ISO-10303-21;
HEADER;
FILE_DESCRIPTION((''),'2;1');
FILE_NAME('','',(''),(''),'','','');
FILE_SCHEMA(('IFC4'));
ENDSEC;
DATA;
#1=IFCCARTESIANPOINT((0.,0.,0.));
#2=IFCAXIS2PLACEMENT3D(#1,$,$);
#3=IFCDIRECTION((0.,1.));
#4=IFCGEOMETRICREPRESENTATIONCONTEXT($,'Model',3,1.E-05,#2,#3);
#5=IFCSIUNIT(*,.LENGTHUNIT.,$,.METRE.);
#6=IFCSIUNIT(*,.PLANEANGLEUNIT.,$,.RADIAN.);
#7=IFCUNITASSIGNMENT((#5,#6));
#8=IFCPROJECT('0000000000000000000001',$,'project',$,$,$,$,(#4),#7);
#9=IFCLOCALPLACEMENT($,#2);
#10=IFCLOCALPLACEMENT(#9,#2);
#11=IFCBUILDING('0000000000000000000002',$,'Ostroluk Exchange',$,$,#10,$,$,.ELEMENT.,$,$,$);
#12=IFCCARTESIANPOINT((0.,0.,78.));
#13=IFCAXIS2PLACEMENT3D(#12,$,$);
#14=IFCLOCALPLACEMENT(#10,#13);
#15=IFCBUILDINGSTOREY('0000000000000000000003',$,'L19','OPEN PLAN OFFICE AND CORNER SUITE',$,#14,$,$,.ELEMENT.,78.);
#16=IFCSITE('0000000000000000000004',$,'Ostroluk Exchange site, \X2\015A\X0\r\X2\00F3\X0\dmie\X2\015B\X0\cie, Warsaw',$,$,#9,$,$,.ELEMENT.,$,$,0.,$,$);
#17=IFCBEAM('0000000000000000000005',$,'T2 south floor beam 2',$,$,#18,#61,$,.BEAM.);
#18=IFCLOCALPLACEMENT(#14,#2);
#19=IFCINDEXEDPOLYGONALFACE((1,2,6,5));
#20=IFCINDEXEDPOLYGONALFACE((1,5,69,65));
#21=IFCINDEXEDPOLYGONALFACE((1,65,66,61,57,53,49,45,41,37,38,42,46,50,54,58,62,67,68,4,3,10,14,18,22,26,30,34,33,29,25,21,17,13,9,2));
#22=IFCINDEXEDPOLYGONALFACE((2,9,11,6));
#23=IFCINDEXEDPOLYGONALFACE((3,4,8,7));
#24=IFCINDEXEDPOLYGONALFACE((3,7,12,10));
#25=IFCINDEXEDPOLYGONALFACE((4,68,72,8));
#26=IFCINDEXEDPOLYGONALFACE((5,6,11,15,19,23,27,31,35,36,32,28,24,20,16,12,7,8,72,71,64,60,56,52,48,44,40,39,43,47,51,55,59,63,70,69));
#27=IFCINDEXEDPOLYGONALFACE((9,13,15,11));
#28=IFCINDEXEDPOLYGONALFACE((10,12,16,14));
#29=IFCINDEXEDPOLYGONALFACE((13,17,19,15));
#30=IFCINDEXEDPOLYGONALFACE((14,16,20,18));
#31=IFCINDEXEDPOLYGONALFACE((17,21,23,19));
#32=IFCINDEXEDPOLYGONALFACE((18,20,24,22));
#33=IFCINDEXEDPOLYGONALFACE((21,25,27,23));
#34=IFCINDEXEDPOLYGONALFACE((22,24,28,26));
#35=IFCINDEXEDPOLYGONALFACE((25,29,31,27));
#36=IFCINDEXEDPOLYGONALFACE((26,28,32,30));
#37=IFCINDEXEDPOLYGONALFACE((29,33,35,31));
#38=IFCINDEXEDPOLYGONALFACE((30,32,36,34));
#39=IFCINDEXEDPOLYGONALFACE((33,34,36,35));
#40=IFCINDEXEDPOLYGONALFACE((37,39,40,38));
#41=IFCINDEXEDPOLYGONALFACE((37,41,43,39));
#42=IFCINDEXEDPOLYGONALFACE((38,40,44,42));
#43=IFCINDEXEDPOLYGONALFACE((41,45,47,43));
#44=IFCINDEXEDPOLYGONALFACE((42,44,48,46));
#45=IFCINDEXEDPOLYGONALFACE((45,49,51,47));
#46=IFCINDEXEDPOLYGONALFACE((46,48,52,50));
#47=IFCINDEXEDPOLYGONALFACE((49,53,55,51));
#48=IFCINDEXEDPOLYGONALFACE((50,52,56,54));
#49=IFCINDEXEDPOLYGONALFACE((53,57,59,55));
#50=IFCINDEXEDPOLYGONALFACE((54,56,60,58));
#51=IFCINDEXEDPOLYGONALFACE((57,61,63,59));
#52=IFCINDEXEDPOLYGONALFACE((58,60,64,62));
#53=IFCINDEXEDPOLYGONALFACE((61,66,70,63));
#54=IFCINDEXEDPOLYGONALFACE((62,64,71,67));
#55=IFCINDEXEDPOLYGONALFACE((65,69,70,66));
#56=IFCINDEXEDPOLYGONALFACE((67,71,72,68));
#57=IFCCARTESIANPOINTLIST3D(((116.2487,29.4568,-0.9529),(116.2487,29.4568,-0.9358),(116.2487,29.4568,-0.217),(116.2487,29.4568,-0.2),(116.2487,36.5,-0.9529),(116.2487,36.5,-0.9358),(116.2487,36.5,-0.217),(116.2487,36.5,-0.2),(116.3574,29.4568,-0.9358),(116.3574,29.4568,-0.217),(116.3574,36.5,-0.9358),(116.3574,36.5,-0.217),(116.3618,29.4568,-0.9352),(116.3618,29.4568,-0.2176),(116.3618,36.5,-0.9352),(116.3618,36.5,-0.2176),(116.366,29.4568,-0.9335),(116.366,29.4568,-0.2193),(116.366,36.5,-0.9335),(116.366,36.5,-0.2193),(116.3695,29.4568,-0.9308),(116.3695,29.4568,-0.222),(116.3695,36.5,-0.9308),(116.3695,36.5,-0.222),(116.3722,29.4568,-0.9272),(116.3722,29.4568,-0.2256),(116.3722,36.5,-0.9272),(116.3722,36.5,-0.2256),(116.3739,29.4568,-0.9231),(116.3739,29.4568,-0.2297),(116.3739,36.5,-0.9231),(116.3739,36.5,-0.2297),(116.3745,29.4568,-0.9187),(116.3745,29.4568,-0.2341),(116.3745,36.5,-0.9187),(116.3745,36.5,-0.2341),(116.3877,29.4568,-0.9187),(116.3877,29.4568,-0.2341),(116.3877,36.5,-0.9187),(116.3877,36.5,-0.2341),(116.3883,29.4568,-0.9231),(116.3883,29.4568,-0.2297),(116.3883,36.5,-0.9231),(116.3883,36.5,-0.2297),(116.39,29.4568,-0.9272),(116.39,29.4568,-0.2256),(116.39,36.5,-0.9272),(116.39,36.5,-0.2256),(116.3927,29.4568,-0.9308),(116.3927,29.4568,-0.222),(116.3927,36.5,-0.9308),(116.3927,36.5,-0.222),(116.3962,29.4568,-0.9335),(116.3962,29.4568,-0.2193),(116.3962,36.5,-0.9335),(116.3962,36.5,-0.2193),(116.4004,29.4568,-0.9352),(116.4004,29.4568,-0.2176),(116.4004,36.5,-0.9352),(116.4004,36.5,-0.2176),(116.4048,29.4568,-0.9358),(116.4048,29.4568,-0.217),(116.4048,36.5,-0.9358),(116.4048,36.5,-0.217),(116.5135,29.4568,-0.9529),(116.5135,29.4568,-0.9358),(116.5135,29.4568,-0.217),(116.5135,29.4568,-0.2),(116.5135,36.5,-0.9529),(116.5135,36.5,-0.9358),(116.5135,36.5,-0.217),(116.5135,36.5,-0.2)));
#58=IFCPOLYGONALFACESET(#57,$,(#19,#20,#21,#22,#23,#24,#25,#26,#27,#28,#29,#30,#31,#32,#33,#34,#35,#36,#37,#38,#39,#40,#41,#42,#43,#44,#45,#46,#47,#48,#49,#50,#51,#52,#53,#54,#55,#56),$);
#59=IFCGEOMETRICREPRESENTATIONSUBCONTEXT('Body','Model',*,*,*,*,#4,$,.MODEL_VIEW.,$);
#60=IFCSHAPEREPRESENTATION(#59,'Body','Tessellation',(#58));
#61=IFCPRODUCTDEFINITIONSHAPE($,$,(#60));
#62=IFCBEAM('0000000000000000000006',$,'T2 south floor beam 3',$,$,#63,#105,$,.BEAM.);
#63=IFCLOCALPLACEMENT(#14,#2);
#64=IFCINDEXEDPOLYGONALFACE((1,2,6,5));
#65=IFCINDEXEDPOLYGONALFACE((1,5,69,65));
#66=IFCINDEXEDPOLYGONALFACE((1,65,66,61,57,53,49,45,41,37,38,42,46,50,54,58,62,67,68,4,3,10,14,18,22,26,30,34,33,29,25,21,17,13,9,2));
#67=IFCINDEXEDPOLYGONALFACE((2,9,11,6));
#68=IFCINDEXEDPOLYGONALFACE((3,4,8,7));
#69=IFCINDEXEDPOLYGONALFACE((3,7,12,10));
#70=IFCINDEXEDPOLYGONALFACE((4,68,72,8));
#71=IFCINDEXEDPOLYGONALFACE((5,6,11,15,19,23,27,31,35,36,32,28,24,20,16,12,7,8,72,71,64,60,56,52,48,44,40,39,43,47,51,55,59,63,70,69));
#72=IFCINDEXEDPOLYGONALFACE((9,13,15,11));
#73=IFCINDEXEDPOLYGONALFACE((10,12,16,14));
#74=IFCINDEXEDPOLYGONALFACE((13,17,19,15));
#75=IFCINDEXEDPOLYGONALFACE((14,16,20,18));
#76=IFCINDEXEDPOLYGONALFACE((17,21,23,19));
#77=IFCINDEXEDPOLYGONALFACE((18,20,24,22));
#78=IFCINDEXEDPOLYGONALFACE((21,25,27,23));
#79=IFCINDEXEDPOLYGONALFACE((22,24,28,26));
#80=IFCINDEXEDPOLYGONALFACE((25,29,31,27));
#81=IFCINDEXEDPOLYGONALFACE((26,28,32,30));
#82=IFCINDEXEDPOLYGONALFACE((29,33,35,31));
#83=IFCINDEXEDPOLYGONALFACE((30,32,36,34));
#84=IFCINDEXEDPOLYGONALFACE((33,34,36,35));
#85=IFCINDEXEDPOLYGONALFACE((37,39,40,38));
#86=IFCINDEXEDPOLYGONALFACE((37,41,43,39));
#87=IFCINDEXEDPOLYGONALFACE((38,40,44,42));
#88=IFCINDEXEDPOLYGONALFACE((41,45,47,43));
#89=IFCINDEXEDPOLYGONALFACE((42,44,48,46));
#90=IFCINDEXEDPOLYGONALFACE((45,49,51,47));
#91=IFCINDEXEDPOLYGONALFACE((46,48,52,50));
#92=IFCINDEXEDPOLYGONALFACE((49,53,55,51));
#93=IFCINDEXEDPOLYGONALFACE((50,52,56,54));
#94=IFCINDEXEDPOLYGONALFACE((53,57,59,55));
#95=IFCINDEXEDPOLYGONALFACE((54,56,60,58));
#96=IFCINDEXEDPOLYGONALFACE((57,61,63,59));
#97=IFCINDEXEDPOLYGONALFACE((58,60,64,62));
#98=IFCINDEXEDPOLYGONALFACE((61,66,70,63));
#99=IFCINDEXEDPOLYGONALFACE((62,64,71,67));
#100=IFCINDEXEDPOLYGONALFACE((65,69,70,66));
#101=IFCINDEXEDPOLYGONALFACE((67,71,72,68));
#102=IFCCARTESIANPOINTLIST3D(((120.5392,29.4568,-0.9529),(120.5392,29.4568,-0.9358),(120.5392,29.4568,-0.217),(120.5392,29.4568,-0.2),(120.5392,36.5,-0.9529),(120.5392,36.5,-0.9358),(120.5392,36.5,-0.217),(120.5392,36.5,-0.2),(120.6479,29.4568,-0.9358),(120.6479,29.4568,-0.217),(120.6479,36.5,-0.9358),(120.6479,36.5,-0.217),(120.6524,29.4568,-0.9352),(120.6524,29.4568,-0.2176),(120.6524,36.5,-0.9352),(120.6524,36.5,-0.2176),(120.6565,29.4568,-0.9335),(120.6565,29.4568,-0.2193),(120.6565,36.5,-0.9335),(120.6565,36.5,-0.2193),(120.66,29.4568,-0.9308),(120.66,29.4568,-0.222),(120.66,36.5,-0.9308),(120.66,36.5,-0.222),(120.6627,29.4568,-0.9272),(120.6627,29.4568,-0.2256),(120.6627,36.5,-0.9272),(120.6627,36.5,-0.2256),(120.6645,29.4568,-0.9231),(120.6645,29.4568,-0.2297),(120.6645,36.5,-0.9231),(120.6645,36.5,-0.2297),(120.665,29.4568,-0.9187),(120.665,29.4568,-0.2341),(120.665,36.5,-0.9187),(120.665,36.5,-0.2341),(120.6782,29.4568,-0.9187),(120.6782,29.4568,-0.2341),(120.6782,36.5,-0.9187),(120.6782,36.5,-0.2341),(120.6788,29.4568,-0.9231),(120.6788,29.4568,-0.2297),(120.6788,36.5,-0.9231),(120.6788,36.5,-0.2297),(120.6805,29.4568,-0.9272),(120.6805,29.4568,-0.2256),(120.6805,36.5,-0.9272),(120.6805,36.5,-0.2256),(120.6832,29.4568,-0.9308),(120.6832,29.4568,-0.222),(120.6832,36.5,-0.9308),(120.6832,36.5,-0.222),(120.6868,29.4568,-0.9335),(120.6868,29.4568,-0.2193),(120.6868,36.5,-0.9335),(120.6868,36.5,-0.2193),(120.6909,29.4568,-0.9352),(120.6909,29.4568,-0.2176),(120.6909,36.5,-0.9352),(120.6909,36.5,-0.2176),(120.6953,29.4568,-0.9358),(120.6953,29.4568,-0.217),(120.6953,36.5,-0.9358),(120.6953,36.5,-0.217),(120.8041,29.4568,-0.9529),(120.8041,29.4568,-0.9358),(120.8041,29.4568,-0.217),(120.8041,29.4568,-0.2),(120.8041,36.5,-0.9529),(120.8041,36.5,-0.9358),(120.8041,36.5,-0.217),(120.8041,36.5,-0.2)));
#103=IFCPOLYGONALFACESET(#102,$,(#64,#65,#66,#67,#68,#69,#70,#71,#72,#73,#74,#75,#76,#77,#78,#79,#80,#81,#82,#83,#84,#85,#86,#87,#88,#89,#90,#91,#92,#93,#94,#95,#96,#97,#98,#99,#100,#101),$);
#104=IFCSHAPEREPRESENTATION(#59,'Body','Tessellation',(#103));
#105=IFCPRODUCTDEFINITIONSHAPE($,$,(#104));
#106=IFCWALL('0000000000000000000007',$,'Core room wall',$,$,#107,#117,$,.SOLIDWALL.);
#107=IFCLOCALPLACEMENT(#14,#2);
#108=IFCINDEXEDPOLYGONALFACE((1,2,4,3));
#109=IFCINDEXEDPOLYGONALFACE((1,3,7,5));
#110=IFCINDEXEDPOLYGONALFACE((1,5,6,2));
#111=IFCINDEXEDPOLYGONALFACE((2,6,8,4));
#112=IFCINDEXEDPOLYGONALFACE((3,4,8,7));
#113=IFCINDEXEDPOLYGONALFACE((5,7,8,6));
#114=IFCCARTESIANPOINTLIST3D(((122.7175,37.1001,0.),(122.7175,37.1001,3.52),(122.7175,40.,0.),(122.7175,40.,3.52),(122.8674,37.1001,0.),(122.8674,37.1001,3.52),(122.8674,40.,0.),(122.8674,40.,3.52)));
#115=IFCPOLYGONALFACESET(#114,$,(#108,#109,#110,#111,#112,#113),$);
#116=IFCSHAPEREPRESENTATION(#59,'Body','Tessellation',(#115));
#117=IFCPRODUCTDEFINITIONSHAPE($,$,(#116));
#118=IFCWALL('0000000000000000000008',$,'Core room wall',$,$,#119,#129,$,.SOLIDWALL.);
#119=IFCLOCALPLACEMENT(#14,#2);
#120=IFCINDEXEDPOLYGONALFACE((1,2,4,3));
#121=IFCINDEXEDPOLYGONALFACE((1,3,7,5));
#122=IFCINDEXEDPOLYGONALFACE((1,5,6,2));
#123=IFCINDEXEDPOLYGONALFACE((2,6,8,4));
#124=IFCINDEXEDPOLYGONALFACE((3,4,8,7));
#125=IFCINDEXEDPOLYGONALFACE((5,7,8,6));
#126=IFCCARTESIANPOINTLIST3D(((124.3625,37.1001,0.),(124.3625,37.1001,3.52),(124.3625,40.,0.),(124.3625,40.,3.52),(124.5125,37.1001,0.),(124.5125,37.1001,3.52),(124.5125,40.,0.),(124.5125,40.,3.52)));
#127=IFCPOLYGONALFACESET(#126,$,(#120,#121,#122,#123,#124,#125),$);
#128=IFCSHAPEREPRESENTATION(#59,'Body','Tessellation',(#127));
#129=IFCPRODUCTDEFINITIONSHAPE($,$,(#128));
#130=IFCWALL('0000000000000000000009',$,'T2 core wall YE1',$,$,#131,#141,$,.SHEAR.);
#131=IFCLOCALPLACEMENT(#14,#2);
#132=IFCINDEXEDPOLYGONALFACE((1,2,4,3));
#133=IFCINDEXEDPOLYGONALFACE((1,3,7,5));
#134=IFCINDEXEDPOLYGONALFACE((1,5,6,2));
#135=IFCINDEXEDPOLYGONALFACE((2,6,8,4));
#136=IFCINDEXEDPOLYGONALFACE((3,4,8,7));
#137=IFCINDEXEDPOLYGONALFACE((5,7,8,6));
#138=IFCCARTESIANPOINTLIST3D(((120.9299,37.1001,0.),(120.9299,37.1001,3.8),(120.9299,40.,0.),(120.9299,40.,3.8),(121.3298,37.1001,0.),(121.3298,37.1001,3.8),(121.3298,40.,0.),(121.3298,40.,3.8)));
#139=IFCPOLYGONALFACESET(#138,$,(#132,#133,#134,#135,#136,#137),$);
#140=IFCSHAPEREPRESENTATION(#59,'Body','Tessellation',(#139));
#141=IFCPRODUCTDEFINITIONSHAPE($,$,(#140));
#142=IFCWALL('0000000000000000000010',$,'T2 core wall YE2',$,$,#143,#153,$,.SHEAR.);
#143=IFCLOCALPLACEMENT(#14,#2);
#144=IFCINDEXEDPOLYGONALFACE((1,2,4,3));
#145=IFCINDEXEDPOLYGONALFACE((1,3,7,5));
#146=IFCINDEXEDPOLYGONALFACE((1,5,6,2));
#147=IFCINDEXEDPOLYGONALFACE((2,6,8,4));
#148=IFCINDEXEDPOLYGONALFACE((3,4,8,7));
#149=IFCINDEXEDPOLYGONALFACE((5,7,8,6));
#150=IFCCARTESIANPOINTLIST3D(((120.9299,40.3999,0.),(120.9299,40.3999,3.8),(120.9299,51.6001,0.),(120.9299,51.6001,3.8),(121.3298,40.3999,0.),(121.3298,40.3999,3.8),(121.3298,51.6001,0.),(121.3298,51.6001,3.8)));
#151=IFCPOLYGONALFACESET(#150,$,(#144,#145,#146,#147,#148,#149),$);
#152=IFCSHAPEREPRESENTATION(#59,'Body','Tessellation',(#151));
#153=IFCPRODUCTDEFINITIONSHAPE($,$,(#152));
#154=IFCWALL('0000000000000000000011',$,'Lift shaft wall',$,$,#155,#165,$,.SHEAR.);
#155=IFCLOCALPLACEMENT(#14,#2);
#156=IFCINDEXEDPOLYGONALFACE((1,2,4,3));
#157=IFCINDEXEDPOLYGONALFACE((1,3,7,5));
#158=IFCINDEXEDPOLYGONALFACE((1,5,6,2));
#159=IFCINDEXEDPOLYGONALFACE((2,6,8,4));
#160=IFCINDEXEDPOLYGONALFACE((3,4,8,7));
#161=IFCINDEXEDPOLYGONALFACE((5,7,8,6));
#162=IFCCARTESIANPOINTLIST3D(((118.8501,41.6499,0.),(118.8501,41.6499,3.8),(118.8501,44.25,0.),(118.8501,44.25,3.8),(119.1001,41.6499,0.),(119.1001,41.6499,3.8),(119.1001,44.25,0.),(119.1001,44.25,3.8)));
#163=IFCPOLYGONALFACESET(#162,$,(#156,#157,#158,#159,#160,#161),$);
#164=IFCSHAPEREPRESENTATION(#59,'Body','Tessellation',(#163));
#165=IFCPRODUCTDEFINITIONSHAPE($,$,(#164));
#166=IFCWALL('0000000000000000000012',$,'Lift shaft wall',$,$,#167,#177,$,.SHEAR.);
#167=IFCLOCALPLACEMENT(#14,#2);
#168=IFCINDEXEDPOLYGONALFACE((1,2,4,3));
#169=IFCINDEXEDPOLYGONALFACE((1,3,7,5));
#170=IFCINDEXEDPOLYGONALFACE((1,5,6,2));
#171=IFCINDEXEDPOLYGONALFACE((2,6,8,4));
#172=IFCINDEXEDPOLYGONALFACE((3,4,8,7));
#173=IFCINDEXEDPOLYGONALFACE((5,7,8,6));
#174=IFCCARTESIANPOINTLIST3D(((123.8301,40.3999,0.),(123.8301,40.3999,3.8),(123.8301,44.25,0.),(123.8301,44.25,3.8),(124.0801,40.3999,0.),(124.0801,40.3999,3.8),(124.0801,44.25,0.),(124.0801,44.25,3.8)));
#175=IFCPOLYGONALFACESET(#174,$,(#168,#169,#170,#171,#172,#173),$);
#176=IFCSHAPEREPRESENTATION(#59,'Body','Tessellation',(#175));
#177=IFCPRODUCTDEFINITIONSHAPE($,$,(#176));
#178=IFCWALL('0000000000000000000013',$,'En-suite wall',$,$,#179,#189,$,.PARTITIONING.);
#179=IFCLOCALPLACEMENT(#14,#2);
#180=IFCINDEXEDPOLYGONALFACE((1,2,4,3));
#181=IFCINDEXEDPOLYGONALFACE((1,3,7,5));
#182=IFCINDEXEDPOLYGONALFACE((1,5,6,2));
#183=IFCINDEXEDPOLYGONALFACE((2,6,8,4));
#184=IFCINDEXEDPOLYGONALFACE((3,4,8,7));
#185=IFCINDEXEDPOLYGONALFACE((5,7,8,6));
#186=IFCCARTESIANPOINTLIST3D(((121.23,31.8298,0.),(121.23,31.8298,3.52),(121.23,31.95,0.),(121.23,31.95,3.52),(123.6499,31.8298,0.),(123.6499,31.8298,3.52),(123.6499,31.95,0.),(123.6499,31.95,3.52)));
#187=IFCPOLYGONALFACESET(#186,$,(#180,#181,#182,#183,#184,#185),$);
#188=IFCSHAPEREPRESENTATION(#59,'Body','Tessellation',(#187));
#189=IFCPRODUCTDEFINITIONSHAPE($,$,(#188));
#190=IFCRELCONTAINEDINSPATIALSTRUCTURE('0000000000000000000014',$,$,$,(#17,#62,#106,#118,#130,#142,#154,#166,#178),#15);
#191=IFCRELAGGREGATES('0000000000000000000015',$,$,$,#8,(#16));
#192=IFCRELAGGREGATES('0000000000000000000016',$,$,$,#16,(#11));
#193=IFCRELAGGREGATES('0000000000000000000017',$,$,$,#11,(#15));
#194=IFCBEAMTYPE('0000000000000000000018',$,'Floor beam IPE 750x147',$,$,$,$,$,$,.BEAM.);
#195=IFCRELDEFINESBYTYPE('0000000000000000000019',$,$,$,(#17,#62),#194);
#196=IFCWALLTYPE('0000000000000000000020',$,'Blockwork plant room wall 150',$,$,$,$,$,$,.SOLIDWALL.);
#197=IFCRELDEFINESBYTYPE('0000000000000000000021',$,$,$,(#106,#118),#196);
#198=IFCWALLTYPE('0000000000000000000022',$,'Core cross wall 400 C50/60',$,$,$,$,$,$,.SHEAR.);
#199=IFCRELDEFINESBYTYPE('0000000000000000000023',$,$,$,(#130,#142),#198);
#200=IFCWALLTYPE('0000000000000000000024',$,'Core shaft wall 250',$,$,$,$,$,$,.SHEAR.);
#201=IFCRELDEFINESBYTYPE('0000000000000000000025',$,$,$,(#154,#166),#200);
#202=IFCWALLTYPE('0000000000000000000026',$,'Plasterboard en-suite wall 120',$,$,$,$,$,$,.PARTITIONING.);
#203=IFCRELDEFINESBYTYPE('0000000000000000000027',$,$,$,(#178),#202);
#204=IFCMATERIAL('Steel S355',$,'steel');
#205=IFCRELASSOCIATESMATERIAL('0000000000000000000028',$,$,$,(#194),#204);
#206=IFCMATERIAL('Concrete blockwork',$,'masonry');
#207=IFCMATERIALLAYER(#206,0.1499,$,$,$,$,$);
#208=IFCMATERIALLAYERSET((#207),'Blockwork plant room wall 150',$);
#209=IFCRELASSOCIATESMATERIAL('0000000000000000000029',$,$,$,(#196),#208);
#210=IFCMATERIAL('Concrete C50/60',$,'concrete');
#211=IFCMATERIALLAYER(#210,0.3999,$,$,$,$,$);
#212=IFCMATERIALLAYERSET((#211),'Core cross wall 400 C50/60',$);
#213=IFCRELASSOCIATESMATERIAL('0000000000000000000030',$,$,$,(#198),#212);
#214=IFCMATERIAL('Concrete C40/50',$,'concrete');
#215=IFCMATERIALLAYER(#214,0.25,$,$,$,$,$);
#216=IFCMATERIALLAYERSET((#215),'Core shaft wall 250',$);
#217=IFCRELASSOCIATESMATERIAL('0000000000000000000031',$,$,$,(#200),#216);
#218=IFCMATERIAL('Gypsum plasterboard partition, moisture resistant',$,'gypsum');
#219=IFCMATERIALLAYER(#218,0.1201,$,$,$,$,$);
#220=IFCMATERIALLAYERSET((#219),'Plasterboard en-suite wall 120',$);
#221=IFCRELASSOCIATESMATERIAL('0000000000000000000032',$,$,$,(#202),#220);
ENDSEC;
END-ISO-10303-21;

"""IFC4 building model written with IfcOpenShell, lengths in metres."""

from ifc_helpers import new_model, si_unit, direction, frame, frame_2d, origin, origin_2d, place, context, subcontext, project, spatial, rectangle, i_section, extrude, material, layer, layer_set, material_profile, profile_set, type_object, element, save


model = new_model("IFC4")

# Units and contexts
model_context = context("Model", 3, precision=1e-05, world=origin(), true_north=direction((0.0, 1.0)))
body_context = subcontext(model_context, "Body", "Model", "MODEL_VIEW")
ifc_project = project(units=[si_unit("LENGTHUNIT", "METRE"), si_unit("PLANEANGLEUNIT", "RADIAN")], contexts=[model_context])

# Site, building, storey
site_placement = place(None, origin())
site = spatial("IfcSite", under=ifc_project, at=site_placement, Name="Ostroluk Exchange site, Śródmieście, Warsaw", CompositionType="ELEMENT", RefElevation=0.0)
building_placement = place(site_placement, origin())
building = spatial("IfcBuilding", under=site, at=building_placement, Name="Ostroluk Exchange", CompositionType="ELEMENT")
storey_placement = place(building_placement, frame((0.0, 0.0, 78.0)))
storey = spatial("IfcBuildingStorey", under=building, at=storey_placement, Name="L19", Description="OPEN PLAN OFFICE AND CORNER SUITE", CompositionType="ELEMENT", Elevation=78.0)

# Beams
ifc_material_1 = material(Name="Steel S355", Category="steel")
ifc_material_profile = material_profile(ifc_material_1, i_section(OverallWidth=0.2649, OverallDepth=0.7529, WebThickness=0.0132, FlangeThickness=0.0171, FilletRadius=0.0171, at=origin_2d()), Name="IPE 750x147")
ifc_profile_set = profile_set([ifc_material_profile], Name="Steel S355")
beam_type = type_object("IfcBeamType", Name="Floor beam IPE 750x147", PredefinedType="BEAM", material=ifc_profile_set)
for number, where, z_axis, x_axis, name in (
    (1, (116.3811, 36.5, -0.5764), (0.0, -1.0, 0.0), (1.0, 0.0, 0.0), "T2 south floor beam 2"),
    (2, (120.6716, 36.5, -0.5764), (0.0, -1.0, 0.0), (1.0, 0.0, 0.0), "T2 south floor beam 3"),
):
    element("IfcBeam", number, at=place(storey_placement, frame(where, z_axis=z_axis, x_axis=x_axis)), inside=storey, type_object=beam_type, Name=name, PredefinedType="BEAM", context=body_context, shape_type="SweptSolid", body=[
        extrude(i_section(OverallWidth=0.2649, OverallDepth=0.7529, WebThickness=0.0132, FlangeThickness=0.0171, FilletRadius=0.0171, at=origin_2d()), origin(), (0.0, 0.0, 1.0), 7.0432),
    ])

# Walls
ifc_material_2 = material(Name="Concrete blockwork", Category="masonry")
ifc_layer_1 = layer(ifc_material_2, 0.1499)
ifc_layer_set_1 = layer_set([ifc_layer_1], Name="Blockwork plant room wall 150")
wall_type_1 = type_object("IfcWallType", Name="Blockwork plant room wall 150", PredefinedType="SOLIDWALL", material=ifc_layer_set_1)
for number, where, z_axis, x_axis, name in (
    (3, (122.7925, 37.1001, 0.0), (0.0, 0.0, 1.0), (0.0, 1.0, 0.0), "Core room wall"),
    (4, (124.4375, 37.1001, 0.0), (0.0, 0.0, 1.0), (0.0, 1.0, 0.0), "Core room wall"),
):
    element("IfcWall", number, at=place(storey_placement, frame(where, z_axis=z_axis, x_axis=x_axis)), inside=storey, type_object=wall_type_1, Name=name, PredefinedType="SOLIDWALL", context=body_context, shape_type="SweptSolid", body=[
        extrude(rectangle(XDim=2.8999, YDim=0.1499, at=frame_2d((1.45, 0.0))), origin(), (0.0, 0.0, 1.0), 3.52),
    ])
ifc_material_3 = material(Name="Concrete C50/60", Category="concrete")
ifc_layer_2 = layer(ifc_material_3, 0.3999)
ifc_layer_set_2 = layer_set([ifc_layer_2], Name="Core cross wall 400 C50/60")
wall_type_2 = type_object("IfcWallType", Name="Core cross wall 400 C50/60", PredefinedType="SHEAR", material=ifc_layer_set_2)
wall_1_placement = place(storey_placement, frame((121.1299, 37.1001, 0.0), z_axis=(0.0, 0.0, 1.0), x_axis=(0.0, 1.0, 0.0)))
element("IfcWall", 5, at=wall_1_placement, inside=storey, type_object=wall_type_2, Name="T2 core wall YE1", PredefinedType="SHEAR", context=body_context, shape_type="SweptSolid", body=[
    extrude(rectangle(XDim=2.8999, YDim=0.3999, at=frame_2d((1.45, 0.0))), origin(), (0.0, 0.0, 1.0), 3.8),
])
wall_2_placement = place(storey_placement, frame((121.1299, 40.3999, 0.0), z_axis=(0.0, 0.0, 1.0), x_axis=(0.0, 1.0, 0.0)))
element("IfcWall", 6, at=wall_2_placement, inside=storey, type_object=wall_type_2, Name="T2 core wall YE2", PredefinedType="SHEAR", context=body_context, shape_type="SweptSolid", body=[
    extrude(rectangle(XDim=11.2002, YDim=0.3999, at=frame_2d((5.6001, 0.0))), origin(), (0.0, 0.0, 1.0), 3.8),
])
ifc_material_4 = material(Name="Concrete C40/50", Category="concrete")
ifc_layer_3 = layer(ifc_material_4, 0.25)
ifc_layer_set_3 = layer_set([ifc_layer_3], Name="Core shaft wall 250")
wall_type_3 = type_object("IfcWallType", Name="Core shaft wall 250", PredefinedType="SHEAR", material=ifc_layer_set_3)
wall_3_placement = place(storey_placement, frame((118.9751, 44.25, 0.0), z_axis=(0.0, 0.0, 1.0), x_axis=(0.0, -1.0, 0.0)))
element("IfcWall", 7, at=wall_3_placement, inside=storey, type_object=wall_type_3, Name="Lift shaft wall", PredefinedType="SHEAR", context=body_context, shape_type="SweptSolid", body=[
    extrude(rectangle(XDim=2.6001, YDim=0.25, at=frame_2d((1.3, 0.0))), origin(), (0.0, 0.0, 1.0), 3.8),
])
wall_4_placement = place(storey_placement, frame((123.9551, 44.25, 0.0), z_axis=(0.0, 0.0, 1.0), x_axis=(0.0, -1.0, 0.0)))
element("IfcWall", 8, at=wall_4_placement, inside=storey, type_object=wall_type_3, Name="Lift shaft wall", PredefinedType="SHEAR", context=body_context, shape_type="SweptSolid", body=[
    extrude(rectangle(XDim=3.8501, YDim=0.25, at=frame_2d((1.925, 0.0))), origin(), (0.0, 0.0, 1.0), 3.8),
])

# Wall
ifc_material_5 = material(Name="Gypsum plasterboard partition, moisture resistant", Category="gypsum")
ifc_layer_4 = layer(ifc_material_5, 0.1201)
ifc_layer_set_4 = layer_set([ifc_layer_4], Name="Plasterboard en-suite wall 120")
wall_type_4 = type_object("IfcWallType", Name="Plasterboard en-suite wall 120", PredefinedType="PARTITIONING", material=ifc_layer_set_4)
wall_5_placement = place(storey_placement, frame((121.23, 31.8899, 0.0), z_axis=(0.0, 0.0, 1.0), x_axis=(1.0, 0.0, 0.0)))
element("IfcWall", 9, at=wall_5_placement, inside=storey, type_object=wall_type_4, Name="En-suite wall", PredefinedType="PARTITIONING", context=body_context, shape_type="SweptSolid", body=[
    extrude(rectangle(XDim=2.4199, YDim=0.1201, at=frame_2d((1.21, 0.0))), origin(), (0.0, 0.0, 1.0), 3.52),
])

save(model, "model.ifc")
